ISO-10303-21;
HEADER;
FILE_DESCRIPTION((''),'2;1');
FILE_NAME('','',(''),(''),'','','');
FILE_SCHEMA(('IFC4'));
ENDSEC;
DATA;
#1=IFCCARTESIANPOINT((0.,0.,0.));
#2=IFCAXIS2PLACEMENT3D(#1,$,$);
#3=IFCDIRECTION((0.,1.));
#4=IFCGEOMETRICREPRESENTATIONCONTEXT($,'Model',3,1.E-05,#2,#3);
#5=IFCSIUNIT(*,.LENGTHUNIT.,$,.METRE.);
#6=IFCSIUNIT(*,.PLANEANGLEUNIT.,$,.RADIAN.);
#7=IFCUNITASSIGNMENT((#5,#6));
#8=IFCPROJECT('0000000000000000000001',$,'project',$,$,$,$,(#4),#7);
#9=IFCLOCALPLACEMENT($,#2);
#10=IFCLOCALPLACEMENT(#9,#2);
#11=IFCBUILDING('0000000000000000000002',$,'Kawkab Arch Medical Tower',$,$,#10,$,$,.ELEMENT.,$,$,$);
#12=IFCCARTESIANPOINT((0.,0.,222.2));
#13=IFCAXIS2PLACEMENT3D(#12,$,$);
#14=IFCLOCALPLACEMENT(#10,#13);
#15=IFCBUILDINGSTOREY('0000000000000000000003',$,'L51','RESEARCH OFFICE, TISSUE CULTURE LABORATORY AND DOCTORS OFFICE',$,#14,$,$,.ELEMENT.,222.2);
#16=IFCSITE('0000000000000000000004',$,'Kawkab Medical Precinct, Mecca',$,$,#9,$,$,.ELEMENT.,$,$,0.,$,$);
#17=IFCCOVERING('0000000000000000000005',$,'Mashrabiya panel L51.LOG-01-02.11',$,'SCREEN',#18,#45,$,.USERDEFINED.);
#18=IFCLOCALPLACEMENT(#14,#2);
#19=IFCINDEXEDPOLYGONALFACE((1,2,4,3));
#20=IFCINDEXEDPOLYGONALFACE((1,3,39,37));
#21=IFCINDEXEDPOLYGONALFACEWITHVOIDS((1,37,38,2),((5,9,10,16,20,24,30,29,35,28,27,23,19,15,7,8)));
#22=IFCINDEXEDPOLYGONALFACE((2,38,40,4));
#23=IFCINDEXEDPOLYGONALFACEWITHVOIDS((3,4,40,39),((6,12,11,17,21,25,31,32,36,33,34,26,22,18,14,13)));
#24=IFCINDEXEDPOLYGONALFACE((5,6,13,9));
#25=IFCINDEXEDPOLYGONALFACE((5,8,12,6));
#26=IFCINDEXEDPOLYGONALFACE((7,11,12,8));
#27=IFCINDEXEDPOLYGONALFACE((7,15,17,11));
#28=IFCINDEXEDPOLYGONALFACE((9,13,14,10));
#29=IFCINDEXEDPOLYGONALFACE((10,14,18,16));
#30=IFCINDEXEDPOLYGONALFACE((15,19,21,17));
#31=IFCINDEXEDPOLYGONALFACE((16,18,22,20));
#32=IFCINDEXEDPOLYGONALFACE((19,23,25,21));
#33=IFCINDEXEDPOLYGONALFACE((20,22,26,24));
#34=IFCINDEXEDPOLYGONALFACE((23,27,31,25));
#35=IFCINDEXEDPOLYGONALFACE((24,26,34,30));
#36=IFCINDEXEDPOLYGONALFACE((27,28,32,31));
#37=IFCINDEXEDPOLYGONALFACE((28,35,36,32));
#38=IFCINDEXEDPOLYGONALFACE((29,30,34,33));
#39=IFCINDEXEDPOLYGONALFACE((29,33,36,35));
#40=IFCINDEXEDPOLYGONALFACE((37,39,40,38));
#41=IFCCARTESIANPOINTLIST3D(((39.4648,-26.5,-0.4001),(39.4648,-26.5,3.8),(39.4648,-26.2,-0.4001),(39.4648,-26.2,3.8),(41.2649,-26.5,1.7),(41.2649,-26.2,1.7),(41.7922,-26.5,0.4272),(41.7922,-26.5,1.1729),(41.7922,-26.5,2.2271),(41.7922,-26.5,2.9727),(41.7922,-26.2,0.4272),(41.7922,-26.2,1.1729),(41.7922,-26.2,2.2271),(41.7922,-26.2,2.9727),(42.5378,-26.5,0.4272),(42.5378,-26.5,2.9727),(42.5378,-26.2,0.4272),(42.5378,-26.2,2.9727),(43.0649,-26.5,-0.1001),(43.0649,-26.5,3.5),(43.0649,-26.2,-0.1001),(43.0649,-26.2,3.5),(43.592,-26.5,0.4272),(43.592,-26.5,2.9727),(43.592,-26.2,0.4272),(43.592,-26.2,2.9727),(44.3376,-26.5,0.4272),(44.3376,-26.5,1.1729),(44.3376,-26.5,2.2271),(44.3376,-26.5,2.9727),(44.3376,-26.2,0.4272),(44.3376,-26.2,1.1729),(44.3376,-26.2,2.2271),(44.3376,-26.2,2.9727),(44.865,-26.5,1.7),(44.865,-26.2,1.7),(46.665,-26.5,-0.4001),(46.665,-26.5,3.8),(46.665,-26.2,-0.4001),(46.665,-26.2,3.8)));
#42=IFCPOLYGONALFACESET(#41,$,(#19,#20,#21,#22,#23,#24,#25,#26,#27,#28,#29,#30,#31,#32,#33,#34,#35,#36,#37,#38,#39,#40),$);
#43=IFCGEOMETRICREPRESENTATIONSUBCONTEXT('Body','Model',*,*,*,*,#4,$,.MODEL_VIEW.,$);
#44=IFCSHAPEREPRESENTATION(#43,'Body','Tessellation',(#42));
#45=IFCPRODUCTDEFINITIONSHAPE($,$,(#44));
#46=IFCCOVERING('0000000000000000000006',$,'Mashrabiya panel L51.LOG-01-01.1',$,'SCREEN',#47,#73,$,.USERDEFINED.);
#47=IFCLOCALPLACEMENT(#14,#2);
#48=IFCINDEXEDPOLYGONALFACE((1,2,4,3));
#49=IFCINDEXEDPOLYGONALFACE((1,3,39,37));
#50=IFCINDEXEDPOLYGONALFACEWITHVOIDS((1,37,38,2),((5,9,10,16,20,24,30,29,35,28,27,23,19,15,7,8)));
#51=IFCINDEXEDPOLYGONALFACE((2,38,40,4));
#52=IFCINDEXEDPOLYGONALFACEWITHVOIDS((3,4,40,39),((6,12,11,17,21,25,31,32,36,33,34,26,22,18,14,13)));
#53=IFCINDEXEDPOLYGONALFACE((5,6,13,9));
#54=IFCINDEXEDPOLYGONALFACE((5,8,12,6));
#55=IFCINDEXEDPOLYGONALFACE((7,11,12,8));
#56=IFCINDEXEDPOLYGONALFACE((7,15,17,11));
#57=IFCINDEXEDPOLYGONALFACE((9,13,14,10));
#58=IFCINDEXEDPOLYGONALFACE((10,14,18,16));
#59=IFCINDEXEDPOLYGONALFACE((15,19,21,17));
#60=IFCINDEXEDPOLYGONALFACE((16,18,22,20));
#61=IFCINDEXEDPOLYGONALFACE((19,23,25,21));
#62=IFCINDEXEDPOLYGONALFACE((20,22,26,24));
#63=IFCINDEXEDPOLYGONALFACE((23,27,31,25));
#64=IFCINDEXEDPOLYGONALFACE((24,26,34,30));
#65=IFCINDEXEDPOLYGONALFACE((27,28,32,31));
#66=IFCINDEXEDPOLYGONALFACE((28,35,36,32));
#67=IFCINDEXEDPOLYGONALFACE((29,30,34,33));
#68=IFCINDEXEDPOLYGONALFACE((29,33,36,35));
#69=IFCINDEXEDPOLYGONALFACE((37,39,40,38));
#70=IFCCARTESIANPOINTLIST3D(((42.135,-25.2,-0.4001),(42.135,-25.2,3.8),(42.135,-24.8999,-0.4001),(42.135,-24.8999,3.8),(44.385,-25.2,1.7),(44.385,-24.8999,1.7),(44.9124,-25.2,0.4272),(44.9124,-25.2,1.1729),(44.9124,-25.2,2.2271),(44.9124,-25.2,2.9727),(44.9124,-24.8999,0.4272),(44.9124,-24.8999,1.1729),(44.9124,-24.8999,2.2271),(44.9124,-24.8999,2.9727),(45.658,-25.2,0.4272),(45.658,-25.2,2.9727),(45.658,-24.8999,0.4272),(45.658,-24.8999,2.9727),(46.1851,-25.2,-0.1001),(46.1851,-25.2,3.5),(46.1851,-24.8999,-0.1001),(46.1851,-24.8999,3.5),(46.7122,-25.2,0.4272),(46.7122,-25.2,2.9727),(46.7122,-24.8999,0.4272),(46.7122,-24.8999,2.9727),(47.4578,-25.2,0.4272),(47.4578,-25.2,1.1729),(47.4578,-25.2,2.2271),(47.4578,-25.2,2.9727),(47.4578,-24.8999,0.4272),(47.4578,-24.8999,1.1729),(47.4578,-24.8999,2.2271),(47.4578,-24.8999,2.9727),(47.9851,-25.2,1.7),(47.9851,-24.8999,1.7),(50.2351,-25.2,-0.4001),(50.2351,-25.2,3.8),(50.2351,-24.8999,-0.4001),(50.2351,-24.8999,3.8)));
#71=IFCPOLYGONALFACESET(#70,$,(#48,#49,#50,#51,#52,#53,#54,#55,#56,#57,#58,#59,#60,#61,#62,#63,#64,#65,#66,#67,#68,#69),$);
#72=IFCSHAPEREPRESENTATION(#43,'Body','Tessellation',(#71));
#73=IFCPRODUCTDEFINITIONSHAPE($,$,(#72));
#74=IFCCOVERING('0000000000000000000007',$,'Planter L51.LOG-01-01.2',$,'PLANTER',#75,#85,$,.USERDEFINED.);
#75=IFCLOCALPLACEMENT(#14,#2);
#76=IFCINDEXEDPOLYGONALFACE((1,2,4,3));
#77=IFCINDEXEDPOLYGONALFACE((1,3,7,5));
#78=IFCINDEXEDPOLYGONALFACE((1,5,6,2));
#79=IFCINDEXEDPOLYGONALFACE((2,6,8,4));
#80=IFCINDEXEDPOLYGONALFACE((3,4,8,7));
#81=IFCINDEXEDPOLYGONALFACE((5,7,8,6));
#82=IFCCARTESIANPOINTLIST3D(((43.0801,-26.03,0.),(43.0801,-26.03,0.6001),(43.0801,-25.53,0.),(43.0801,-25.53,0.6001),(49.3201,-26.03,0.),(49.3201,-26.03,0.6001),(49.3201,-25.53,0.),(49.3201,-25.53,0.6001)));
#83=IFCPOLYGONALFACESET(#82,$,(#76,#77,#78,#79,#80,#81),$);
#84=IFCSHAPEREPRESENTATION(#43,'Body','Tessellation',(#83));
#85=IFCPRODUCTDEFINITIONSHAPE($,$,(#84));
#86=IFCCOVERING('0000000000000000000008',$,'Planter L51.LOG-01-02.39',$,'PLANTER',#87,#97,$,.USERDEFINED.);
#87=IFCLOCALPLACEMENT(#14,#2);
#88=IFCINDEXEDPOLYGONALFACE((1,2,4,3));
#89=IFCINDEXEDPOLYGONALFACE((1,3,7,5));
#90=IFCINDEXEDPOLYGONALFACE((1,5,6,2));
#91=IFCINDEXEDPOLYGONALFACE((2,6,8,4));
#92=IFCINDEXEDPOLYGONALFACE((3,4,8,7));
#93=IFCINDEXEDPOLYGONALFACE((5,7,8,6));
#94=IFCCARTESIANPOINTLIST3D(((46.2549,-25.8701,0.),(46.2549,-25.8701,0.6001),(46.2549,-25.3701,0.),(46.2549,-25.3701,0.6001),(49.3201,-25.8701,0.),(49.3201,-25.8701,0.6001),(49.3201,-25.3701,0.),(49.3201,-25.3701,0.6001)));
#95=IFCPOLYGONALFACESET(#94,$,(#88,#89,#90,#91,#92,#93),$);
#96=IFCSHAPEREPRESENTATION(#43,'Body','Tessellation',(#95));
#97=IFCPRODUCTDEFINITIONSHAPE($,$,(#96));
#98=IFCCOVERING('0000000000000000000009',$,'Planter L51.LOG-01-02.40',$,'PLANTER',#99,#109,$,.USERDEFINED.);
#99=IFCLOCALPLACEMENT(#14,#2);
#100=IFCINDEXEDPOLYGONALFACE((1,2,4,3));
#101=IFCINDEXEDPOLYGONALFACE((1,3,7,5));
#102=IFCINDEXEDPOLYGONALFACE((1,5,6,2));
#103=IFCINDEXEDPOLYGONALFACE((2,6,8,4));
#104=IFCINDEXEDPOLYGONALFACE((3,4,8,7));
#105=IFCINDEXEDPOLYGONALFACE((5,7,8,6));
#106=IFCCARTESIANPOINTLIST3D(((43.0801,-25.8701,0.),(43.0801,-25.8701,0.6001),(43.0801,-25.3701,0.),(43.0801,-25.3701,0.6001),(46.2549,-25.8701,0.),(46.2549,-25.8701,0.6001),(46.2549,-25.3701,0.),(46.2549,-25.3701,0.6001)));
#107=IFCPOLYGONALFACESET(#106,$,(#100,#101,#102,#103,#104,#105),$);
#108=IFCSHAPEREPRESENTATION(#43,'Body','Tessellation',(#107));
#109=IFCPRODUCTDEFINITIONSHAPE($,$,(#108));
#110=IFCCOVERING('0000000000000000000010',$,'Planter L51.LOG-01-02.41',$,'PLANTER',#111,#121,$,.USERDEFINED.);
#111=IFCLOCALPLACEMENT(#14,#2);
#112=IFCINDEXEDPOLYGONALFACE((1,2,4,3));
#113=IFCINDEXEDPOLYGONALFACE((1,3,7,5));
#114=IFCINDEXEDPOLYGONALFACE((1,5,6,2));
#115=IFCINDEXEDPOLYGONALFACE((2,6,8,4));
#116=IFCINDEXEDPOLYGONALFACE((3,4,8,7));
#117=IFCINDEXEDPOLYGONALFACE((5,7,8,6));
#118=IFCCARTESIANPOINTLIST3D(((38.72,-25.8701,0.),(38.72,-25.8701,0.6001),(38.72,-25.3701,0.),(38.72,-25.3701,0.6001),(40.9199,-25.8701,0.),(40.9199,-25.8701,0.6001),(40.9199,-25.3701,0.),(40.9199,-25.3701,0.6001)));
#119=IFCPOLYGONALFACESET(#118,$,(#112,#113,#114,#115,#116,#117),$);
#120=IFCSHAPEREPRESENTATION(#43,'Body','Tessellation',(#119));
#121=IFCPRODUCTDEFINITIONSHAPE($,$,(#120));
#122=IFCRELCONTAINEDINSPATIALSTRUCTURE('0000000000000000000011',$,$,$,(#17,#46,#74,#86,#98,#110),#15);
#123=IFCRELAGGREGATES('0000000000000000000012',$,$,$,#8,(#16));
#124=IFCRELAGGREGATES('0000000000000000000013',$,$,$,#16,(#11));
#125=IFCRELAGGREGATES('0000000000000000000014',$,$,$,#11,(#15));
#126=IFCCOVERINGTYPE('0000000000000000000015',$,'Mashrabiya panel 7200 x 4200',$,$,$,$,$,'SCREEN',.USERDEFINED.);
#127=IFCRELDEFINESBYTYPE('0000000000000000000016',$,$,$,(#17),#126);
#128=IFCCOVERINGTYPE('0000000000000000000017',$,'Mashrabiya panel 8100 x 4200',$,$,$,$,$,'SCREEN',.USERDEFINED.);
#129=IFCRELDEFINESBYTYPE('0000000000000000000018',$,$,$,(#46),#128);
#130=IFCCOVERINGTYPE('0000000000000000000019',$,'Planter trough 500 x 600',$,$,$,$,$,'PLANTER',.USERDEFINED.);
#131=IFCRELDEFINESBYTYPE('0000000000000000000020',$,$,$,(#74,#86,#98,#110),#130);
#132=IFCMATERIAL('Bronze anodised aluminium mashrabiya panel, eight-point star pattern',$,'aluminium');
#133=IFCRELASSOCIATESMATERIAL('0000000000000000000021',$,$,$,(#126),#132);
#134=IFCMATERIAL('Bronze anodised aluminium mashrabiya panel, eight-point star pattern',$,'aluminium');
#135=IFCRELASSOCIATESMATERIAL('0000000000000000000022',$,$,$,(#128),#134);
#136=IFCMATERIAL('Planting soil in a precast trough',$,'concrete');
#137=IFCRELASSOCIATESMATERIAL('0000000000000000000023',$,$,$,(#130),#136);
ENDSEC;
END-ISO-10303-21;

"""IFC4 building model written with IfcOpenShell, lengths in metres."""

from ifc_helpers import new_model, si_unit, direction, frame, origin, origin_2d, place, context, subcontext, project, spatial, polyline, rectangle, outline, extrude, material, material_profile, profile_set, type_object, element, save


model = new_model("IFC4")

# Units and contexts
model_context = context("Model", 3, precision=1e-05, world=origin(), true_north=direction((0.0, 1.0)))
body_context = subcontext(model_context, "Body", "Model", "MODEL_VIEW")
ifc_project = project(units=[si_unit("LENGTHUNIT", "METRE"), si_unit("PLANEANGLEUNIT", "RADIAN")], contexts=[model_context])

# Site, building, storey
site_placement = place(None, origin())
site = spatial("IfcSite", under=ifc_project, at=site_placement, Name="Kawkab Medical Precinct, Mecca", CompositionType="ELEMENT", RefElevation=0.0)
building_placement = place(site_placement, origin())
building = spatial("IfcBuilding", under=site, at=building_placement, Name="Kawkab Arch Medical Tower", CompositionType="ELEMENT")
storey_placement = place(building_placement, frame((0.0, 0.0, 222.2)))
storey = spatial("IfcBuildingStorey", under=building, at=storey_placement, Name="L51", Description="RESEARCH OFFICE, TISSUE CULTURE LABORATORY AND DOCTORS OFFICE", CompositionType="ELEMENT", Elevation=222.2)

# Coverings
ifc_material_1 = material(Name="Bronze anodised aluminium mashrabiya panel, eight-point star pattern", Category="aluminium")
ifc_material_profile_1 = material_profile(ifc_material_1, outline(polyline([(-3.6001, -2.1001), (3.6001, -2.1001), (3.6001, 2.1001), (-3.6001, 2.1001), (-3.6001, -2.1001)]), holes=[polyline([(1.8, 0.0), (1.2727, 0.5271), (1.2727, 1.2727), (0.5271, 1.2727), (0.0, 1.8), (-0.5271, 1.2727), (-1.2727, 1.2727), (-1.2727, 0.5271), (-1.8, 0.0), (-1.2727, -0.5271), (-1.2727, -1.2727), (-0.5271, -1.2727), (0.0, -1.8), (0.5271, -1.2727), (1.2727, -1.2727), (1.2727, -0.5271), (1.8, 0.0)])]), Name="Mashrabiya panel 7200x4200")
ifc_profile_set_1 = profile_set([ifc_material_profile_1], Name="Bronze anodised aluminium mashrabiya panel, eight-point star pattern")
covering_type_1 = type_object("IfcCoveringType", Name="Mashrabiya panel 7200 x 4200", ElementType="SCREEN", PredefinedType="USERDEFINED", material=ifc_profile_set_1)
covering_1_placement = place(storey_placement, frame((43.0649, -26.2, 1.7), z_axis=(0.0, -1.0, 0.0), x_axis=(1.0, 0.0, 0.0)))
element("IfcCovering", 1, at=covering_1_placement, inside=storey, type_object=covering_type_1, Name="Mashrabiya panel L51.LOG-01-02.11", ObjectType="SCREEN", PredefinedType="USERDEFINED", context=body_context, shape_type="SweptSolid", body=[
    extrude(outline(polyline([(-3.6001, -2.1001), (3.6001, -2.1001), (3.6001, 2.1001), (-3.6001, 2.1001), (-3.6001, -2.1001)]), holes=[polyline([(1.8, 0.0), (1.2727, 0.5271), (1.2727, 1.2727), (0.5271, 1.2727), (0.0, 1.8), (-0.5271, 1.2727), (-1.2727, 1.2727), (-1.2727, 0.5271), (-1.8, 0.0), (-1.2727, -0.5271), (-1.2727, -1.2727), (-0.5271, -1.2727), (0.0, -1.8), (0.5271, -1.2727), (1.2727, -1.2727), (1.2727, -0.5271), (1.8, 0.0)])]), origin(), (0.0, 0.0, 1.0), 0.3),
])
ifc_material_2 = material(Name="Bronze anodised aluminium mashrabiya panel, eight-point star pattern", Category="aluminium")
ifc_material_profile_2 = material_profile(ifc_material_2, outline(polyline([(-4.05, -2.1001), (4.05, -2.1001), (4.05, 2.1001), (-4.05, 2.1001), (-4.05, -2.1001)]), holes=[polyline([(1.8, 0.0), (1.2727, 0.5271), (1.2727, 1.2727), (0.5271, 1.2727), (0.0, 1.8), (-0.5271, 1.2727), (-1.2727, 1.2727), (-1.2727, 0.5271), (-1.8, 0.0), (-1.2727, -0.5271), (-1.2727, -1.2727), (-0.5271, -1.2727), (0.0, -1.8), (0.5271, -1.2727), (1.2727, -1.2727), (1.2727, -0.5271), (1.8, 0.0)])]), Name="Mashrabiya panel 8100x4200")
ifc_profile_set_2 = profile_set([ifc_material_profile_2], Name="Bronze anodised aluminium mashrabiya panel, eight-point star pattern")
covering_type_2 = type_object("IfcCoveringType", Name="Mashrabiya panel 8100 x 4200", ElementType="SCREEN", PredefinedType="USERDEFINED", material=ifc_profile_set_2)
covering_2_placement = place(storey_placement, frame((46.1851, -25.2, 1.7), z_axis=(0.0, 1.0, 0.0), x_axis=(-1.0, 0.0, 0.0)))
element("IfcCovering", 2, at=covering_2_placement, inside=storey, type_object=covering_type_2, Name="Mashrabiya panel L51.LOG-01-01.1", ObjectType="SCREEN", PredefinedType="USERDEFINED", context=body_context, shape_type="SweptSolid", body=[
    extrude(outline(polyline([(-4.05, -2.1001), (4.05, -2.1001), (4.05, 2.1001), (-4.05, 2.1001), (-4.05, -2.1001)]), holes=[polyline([(1.8, 0.0), (1.2727, 0.5271), (1.2727, 1.2727), (0.5271, 1.2727), (0.0, 1.8), (-0.5271, 1.2727), (-1.2727, 1.2727), (-1.2727, 0.5271), (-1.8, 0.0), (-1.2727, -0.5271), (-1.2727, -1.2727), (-0.5271, -1.2727), (0.0, -1.8), (0.5271, -1.2727), (1.2727, -1.2727), (1.2727, -0.5271), (1.8, 0.0)])]), origin(), (0.0, 0.0, 1.0), 0.3),
])
ifc_material_3 = material(Name="Planting soil in a precast trough", Category="concrete")
ifc_material_profile_3 = material_profile(ifc_material_3, rectangle(XDim=0.5, YDim=0.6001, at=origin_2d()), Name="Trough 500x600")
ifc_profile_set_3 = profile_set([ifc_material_profile_3], Name="Planting soil in a precast trough")
covering_type_3 = type_object("IfcCoveringType", Name="Planter trough 500 x 600", ElementType="PLANTER", PredefinedType="USERDEFINED", material=ifc_profile_set_3)
covering_3_placement = place(storey_placement, frame((43.0801, -25.78, 0.3), z_axis=(1.0, 0.0, 0.0), x_axis=(0.0, 1.0, 0.0)))
element("IfcCovering", 3, at=covering_3_placement, inside=storey, type_object=covering_type_3, Name="Planter L51.LOG-01-01.2", ObjectType="PLANTER", PredefinedType="USERDEFINED", context=body_context, shape_type="SweptSolid", body=[
    extrude(rectangle(XDim=0.5, YDim=0.6001, at=origin_2d()), origin(), (0.0, 0.0, 1.0), 6.24),
])
covering_4_placement = place(storey_placement, frame((49.3201, -25.6201, 0.3), z_axis=(-1.0, 0.0, 0.0), x_axis=(0.0, -1.0, 0.0)))
element("IfcCovering", 4, at=covering_4_placement, inside=storey, type_object=covering_type_3, Name="Planter L51.LOG-01-02.39", ObjectType="PLANTER", PredefinedType="USERDEFINED", context=body_context, shape_type="SweptSolid", body=[
    extrude(rectangle(XDim=0.5, YDim=0.6001, at=origin_2d()), origin(), (0.0, 0.0, 1.0), 3.0652),
])
covering_5_placement = place(storey_placement, frame((46.2549, -25.6201, 0.3), z_axis=(-1.0, 0.0, 0.0), x_axis=(0.0, -1.0, 0.0)))
element("IfcCovering", 5, at=covering_5_placement, inside=storey, type_object=covering_type_3, Name="Planter L51.LOG-01-02.40", ObjectType="PLANTER", PredefinedType="USERDEFINED", context=body_context, shape_type="SweptSolid", body=[
    extrude(rectangle(XDim=0.5, YDim=0.6001, at=origin_2d()), origin(), (0.0, 0.0, 1.0), 3.1748),
])
covering_6_placement = place(storey_placement, frame((40.9199, -25.6201, 0.3), z_axis=(-1.0, 0.0, 0.0), x_axis=(0.0, -1.0, 0.0)))
element("IfcCovering", 6, at=covering_6_placement, inside=storey, type_object=covering_type_3, Name="Planter L51.LOG-01-02.41", ObjectType="PLANTER", PredefinedType="USERDEFINED", context=body_context, shape_type="SweptSolid", body=[
    extrude(rectangle(XDim=0.5, YDim=0.6001, at=origin_2d()), origin(), (0.0, 0.0, 1.0), 2.2),
])

save(model, "model.ifc")
